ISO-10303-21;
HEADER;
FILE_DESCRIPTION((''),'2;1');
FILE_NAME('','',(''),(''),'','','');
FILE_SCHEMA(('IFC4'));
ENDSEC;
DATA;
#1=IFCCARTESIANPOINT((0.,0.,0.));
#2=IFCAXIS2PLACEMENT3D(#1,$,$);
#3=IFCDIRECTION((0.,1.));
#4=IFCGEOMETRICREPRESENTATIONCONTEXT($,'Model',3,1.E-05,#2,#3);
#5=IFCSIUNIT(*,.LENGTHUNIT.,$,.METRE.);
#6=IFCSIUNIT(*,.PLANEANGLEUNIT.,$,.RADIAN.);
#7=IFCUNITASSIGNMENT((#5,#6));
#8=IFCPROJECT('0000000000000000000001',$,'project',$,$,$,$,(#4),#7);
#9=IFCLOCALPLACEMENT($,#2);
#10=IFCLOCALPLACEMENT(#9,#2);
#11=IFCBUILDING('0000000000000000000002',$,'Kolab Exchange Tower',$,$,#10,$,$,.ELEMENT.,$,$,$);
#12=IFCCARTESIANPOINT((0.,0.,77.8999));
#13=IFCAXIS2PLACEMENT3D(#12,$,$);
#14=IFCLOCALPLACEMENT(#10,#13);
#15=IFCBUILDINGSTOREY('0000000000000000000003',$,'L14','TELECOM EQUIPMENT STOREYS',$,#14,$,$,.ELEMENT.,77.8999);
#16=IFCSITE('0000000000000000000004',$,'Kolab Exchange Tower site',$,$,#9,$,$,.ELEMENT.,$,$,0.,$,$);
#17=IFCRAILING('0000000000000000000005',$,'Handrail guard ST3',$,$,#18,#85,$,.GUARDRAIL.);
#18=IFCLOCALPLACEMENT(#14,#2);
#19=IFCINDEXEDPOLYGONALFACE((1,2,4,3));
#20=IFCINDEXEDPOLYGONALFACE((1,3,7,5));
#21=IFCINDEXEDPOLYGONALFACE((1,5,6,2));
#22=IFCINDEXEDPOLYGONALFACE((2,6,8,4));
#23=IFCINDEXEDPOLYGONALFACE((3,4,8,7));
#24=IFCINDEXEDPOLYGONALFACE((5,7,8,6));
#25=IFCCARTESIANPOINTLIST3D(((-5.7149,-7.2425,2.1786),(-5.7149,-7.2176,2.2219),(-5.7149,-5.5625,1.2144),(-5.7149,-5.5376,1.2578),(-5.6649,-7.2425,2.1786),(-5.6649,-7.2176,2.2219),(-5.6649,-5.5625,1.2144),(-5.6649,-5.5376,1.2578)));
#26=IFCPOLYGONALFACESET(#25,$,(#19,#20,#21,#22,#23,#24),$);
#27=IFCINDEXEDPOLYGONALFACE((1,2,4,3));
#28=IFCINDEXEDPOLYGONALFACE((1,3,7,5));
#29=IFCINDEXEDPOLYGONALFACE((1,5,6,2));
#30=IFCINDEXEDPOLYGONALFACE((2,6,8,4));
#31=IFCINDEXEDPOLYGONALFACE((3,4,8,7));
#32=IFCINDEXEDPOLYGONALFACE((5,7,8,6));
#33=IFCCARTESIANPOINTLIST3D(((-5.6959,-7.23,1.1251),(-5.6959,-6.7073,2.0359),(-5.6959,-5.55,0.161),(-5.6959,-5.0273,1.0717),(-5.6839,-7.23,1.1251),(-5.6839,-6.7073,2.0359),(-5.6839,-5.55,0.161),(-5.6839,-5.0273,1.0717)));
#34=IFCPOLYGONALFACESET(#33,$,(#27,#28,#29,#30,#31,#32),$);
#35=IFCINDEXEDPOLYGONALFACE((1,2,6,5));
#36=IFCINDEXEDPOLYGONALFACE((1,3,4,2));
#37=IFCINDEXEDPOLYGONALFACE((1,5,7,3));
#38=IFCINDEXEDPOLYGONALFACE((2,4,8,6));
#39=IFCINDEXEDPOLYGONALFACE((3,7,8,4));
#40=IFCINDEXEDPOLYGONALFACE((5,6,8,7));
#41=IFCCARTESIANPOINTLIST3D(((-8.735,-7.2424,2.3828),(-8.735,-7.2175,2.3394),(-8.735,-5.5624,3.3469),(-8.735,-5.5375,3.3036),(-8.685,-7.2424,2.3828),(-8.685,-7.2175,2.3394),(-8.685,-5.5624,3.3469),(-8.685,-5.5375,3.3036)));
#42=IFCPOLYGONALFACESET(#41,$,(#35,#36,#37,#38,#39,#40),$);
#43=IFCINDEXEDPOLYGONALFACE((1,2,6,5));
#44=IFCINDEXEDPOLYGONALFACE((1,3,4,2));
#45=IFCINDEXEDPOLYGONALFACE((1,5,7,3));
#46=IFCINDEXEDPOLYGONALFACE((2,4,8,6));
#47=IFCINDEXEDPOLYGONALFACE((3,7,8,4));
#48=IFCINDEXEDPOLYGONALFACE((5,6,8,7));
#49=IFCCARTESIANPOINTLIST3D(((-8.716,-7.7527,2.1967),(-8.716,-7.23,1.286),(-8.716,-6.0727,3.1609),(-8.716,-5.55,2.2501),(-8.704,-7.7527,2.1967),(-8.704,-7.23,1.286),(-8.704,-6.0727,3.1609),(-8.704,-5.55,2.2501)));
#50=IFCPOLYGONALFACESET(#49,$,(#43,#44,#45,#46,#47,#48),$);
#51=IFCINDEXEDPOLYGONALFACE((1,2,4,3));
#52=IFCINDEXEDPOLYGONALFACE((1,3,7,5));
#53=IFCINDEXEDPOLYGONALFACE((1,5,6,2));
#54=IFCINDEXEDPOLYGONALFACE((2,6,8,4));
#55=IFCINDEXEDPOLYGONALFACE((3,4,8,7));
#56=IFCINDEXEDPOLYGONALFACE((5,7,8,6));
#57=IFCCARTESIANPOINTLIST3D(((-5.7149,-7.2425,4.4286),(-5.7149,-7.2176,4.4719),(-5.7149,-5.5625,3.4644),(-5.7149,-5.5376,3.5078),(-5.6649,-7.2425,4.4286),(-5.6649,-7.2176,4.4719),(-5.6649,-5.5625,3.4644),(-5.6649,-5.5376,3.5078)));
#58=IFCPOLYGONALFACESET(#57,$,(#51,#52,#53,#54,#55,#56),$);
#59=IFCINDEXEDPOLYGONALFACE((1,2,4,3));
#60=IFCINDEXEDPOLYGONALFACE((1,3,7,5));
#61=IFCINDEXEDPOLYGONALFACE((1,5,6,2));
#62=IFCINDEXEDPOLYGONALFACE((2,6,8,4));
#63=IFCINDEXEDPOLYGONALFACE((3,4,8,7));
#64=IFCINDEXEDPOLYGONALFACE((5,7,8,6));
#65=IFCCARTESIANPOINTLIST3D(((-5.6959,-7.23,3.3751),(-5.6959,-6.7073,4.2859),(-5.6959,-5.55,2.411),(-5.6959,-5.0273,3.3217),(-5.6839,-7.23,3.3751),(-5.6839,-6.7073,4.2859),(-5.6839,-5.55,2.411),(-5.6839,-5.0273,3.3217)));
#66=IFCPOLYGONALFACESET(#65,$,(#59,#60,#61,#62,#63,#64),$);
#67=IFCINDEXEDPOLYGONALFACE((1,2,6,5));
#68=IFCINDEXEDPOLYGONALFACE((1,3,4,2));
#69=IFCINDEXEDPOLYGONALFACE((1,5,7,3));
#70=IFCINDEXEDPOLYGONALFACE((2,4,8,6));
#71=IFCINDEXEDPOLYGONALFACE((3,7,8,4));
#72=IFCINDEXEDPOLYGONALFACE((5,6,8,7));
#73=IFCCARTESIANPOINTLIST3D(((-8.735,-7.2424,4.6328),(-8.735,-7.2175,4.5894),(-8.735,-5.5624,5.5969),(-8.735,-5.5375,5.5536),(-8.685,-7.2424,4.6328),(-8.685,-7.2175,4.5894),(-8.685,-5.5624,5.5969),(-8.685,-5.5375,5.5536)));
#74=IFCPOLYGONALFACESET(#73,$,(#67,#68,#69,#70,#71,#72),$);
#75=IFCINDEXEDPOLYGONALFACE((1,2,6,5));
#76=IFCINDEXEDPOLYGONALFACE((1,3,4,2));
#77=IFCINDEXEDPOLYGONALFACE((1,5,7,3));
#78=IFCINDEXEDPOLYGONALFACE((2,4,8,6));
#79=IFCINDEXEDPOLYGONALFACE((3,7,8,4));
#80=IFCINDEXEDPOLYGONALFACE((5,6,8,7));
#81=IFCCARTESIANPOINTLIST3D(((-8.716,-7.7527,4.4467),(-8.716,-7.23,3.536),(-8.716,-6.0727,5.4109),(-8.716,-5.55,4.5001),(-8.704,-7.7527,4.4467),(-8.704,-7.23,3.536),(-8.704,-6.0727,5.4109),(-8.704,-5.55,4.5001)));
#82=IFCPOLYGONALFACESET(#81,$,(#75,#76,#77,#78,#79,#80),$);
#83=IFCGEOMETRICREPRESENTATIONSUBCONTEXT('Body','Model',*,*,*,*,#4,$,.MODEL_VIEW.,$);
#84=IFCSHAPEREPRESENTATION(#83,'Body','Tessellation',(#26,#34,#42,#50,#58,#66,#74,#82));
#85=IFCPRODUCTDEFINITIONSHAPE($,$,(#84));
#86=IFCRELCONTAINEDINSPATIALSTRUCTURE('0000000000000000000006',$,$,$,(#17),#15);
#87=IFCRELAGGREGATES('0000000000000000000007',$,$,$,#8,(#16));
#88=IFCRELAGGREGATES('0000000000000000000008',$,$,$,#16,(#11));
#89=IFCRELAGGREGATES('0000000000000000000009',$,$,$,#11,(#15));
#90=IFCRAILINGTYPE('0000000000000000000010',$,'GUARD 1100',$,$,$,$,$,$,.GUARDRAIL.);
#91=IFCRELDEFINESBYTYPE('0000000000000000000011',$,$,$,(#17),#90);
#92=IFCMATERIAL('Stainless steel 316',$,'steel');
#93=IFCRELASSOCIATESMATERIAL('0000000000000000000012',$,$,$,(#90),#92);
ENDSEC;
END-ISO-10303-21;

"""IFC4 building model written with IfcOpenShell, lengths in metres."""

from ifc_helpers import new_model, si_unit, direction, frame, frame_2d, origin, origin_2d, place, context, subcontext, project, spatial, rectangle, extrude, material, type_object, element, save


model = new_model("IFC4")

# Units and contexts
model_context = context("Model", 3, precision=1e-05, world=origin(), true_north=direction((0.0, 1.0)))
body_context = subcontext(model_context, "Body", "Model", "MODEL_VIEW")
ifc_project = project(units=[si_unit("LENGTHUNIT", "METRE"), si_unit("PLANEANGLEUNIT", "RADIAN")], contexts=[model_context])

# Site, building, storey
site_placement = place(None, origin())
site = spatial("IfcSite", under=ifc_project, at=site_placement, Name="Kolab Exchange Tower site", CompositionType="ELEMENT", RefElevation=0.0)
building_placement = place(site_placement, origin())
building = spatial("IfcBuilding", under=site, at=building_placement, Name="Kolab Exchange Tower", CompositionType="ELEMENT")
storey_placement = place(building_placement, frame((0.0, 0.0, 77.8999)))
storey = spatial("IfcBuildingStorey", under=building, at=storey_placement, Name="L14", Description="TELECOM EQUIPMENT STOREYS", CompositionType="ELEMENT", Elevation=77.8999)

# Shared definitions
ifc_material_1 = material(Name="Stainless steel 316", Category="steel")

# Railing
railing_type = type_object("IfcRailingType", Name="GUARD 1100", PredefinedType="GUARDRAIL", material=ifc_material_1)
railing_placement = place(storey_placement, frame((-5.6899, -5.55, 0.1609)))
element("IfcRailing", 1, at=railing_placement, inside=storey, type_object=railing_type, Name="Handrail guard ST3", PredefinedType="GUARDRAIL", context=body_context, shape_type="SweptSolid", body=[
    extrude(rectangle(XDim=0.05, YDim=0.05, at=origin_2d()), frame((0.0, 0.0, 1.0752), z_axis=(0.0, -0.867319, 0.497753), x_axis=(1.0, 0.0, 0.0)), (0.0, 0.0, 1.0), 1.937),
    extrude(rectangle(XDim=0.012, YDim=1.0501, at=frame_2d((0.0, 0.5251))), frame((0.0, 0.0, 0.0), z_axis=(0.0, -0.867319, 0.497753), x_axis=(1.0, 0.0, 0.0)), (0.0, 0.0, 1.0), 1.937),
    extrude(rectangle(XDim=0.05, YDim=0.05, at=origin_2d()), frame((-3.02, -1.6799, 2.2002), z_axis=(0.0, 0.867319, 0.497753), x_axis=(-1.0, 0.0, 0.0)), (0.0, 0.0, 1.0), 1.937),
    extrude(rectangle(XDim=0.012, YDim=1.0501, at=frame_2d((0.0, 0.5251))), frame((-3.02, -1.6799, 1.125), z_axis=(0.0, 0.867319, 0.497753), x_axis=(-1.0, 0.0, 0.0)), (0.0, 0.0, 1.0), 1.937),
    extrude(rectangle(XDim=0.05, YDim=0.05, at=origin_2d()), frame((0.0, 0.0, 3.3252), z_axis=(0.0, -0.867319, 0.497753), x_axis=(1.0, 0.0, 0.0)), (0.0, 0.0, 1.0), 1.937),
    extrude(rectangle(XDim=0.012, YDim=1.0501, at=frame_2d((0.0, 0.5251))), frame((0.0, 0.0, 2.25), z_axis=(0.0, -0.867319, 0.497753), x_axis=(1.0, 0.0, 0.0)), (0.0, 0.0, 1.0), 1.937),
    extrude(rectangle(XDim=0.05, YDim=0.05, at=origin_2d()), frame((-3.02, -1.6799, 4.4502), z_axis=(0.0, 0.867319, 0.497753), x_axis=(-1.0, 0.0, 0.0)), (0.0, 0.0, 1.0), 1.937),
    extrude(rectangle(XDim=0.012, YDim=1.0501, at=frame_2d((0.0, 0.5251))), frame((-3.02, -1.6799, 3.375), z_axis=(0.0, 0.867319, 0.497753), x_axis=(-1.0, 0.0, 0.0)), (0.0, 0.0, 1.0), 1.937),
])

save(model, "model.ifc")
